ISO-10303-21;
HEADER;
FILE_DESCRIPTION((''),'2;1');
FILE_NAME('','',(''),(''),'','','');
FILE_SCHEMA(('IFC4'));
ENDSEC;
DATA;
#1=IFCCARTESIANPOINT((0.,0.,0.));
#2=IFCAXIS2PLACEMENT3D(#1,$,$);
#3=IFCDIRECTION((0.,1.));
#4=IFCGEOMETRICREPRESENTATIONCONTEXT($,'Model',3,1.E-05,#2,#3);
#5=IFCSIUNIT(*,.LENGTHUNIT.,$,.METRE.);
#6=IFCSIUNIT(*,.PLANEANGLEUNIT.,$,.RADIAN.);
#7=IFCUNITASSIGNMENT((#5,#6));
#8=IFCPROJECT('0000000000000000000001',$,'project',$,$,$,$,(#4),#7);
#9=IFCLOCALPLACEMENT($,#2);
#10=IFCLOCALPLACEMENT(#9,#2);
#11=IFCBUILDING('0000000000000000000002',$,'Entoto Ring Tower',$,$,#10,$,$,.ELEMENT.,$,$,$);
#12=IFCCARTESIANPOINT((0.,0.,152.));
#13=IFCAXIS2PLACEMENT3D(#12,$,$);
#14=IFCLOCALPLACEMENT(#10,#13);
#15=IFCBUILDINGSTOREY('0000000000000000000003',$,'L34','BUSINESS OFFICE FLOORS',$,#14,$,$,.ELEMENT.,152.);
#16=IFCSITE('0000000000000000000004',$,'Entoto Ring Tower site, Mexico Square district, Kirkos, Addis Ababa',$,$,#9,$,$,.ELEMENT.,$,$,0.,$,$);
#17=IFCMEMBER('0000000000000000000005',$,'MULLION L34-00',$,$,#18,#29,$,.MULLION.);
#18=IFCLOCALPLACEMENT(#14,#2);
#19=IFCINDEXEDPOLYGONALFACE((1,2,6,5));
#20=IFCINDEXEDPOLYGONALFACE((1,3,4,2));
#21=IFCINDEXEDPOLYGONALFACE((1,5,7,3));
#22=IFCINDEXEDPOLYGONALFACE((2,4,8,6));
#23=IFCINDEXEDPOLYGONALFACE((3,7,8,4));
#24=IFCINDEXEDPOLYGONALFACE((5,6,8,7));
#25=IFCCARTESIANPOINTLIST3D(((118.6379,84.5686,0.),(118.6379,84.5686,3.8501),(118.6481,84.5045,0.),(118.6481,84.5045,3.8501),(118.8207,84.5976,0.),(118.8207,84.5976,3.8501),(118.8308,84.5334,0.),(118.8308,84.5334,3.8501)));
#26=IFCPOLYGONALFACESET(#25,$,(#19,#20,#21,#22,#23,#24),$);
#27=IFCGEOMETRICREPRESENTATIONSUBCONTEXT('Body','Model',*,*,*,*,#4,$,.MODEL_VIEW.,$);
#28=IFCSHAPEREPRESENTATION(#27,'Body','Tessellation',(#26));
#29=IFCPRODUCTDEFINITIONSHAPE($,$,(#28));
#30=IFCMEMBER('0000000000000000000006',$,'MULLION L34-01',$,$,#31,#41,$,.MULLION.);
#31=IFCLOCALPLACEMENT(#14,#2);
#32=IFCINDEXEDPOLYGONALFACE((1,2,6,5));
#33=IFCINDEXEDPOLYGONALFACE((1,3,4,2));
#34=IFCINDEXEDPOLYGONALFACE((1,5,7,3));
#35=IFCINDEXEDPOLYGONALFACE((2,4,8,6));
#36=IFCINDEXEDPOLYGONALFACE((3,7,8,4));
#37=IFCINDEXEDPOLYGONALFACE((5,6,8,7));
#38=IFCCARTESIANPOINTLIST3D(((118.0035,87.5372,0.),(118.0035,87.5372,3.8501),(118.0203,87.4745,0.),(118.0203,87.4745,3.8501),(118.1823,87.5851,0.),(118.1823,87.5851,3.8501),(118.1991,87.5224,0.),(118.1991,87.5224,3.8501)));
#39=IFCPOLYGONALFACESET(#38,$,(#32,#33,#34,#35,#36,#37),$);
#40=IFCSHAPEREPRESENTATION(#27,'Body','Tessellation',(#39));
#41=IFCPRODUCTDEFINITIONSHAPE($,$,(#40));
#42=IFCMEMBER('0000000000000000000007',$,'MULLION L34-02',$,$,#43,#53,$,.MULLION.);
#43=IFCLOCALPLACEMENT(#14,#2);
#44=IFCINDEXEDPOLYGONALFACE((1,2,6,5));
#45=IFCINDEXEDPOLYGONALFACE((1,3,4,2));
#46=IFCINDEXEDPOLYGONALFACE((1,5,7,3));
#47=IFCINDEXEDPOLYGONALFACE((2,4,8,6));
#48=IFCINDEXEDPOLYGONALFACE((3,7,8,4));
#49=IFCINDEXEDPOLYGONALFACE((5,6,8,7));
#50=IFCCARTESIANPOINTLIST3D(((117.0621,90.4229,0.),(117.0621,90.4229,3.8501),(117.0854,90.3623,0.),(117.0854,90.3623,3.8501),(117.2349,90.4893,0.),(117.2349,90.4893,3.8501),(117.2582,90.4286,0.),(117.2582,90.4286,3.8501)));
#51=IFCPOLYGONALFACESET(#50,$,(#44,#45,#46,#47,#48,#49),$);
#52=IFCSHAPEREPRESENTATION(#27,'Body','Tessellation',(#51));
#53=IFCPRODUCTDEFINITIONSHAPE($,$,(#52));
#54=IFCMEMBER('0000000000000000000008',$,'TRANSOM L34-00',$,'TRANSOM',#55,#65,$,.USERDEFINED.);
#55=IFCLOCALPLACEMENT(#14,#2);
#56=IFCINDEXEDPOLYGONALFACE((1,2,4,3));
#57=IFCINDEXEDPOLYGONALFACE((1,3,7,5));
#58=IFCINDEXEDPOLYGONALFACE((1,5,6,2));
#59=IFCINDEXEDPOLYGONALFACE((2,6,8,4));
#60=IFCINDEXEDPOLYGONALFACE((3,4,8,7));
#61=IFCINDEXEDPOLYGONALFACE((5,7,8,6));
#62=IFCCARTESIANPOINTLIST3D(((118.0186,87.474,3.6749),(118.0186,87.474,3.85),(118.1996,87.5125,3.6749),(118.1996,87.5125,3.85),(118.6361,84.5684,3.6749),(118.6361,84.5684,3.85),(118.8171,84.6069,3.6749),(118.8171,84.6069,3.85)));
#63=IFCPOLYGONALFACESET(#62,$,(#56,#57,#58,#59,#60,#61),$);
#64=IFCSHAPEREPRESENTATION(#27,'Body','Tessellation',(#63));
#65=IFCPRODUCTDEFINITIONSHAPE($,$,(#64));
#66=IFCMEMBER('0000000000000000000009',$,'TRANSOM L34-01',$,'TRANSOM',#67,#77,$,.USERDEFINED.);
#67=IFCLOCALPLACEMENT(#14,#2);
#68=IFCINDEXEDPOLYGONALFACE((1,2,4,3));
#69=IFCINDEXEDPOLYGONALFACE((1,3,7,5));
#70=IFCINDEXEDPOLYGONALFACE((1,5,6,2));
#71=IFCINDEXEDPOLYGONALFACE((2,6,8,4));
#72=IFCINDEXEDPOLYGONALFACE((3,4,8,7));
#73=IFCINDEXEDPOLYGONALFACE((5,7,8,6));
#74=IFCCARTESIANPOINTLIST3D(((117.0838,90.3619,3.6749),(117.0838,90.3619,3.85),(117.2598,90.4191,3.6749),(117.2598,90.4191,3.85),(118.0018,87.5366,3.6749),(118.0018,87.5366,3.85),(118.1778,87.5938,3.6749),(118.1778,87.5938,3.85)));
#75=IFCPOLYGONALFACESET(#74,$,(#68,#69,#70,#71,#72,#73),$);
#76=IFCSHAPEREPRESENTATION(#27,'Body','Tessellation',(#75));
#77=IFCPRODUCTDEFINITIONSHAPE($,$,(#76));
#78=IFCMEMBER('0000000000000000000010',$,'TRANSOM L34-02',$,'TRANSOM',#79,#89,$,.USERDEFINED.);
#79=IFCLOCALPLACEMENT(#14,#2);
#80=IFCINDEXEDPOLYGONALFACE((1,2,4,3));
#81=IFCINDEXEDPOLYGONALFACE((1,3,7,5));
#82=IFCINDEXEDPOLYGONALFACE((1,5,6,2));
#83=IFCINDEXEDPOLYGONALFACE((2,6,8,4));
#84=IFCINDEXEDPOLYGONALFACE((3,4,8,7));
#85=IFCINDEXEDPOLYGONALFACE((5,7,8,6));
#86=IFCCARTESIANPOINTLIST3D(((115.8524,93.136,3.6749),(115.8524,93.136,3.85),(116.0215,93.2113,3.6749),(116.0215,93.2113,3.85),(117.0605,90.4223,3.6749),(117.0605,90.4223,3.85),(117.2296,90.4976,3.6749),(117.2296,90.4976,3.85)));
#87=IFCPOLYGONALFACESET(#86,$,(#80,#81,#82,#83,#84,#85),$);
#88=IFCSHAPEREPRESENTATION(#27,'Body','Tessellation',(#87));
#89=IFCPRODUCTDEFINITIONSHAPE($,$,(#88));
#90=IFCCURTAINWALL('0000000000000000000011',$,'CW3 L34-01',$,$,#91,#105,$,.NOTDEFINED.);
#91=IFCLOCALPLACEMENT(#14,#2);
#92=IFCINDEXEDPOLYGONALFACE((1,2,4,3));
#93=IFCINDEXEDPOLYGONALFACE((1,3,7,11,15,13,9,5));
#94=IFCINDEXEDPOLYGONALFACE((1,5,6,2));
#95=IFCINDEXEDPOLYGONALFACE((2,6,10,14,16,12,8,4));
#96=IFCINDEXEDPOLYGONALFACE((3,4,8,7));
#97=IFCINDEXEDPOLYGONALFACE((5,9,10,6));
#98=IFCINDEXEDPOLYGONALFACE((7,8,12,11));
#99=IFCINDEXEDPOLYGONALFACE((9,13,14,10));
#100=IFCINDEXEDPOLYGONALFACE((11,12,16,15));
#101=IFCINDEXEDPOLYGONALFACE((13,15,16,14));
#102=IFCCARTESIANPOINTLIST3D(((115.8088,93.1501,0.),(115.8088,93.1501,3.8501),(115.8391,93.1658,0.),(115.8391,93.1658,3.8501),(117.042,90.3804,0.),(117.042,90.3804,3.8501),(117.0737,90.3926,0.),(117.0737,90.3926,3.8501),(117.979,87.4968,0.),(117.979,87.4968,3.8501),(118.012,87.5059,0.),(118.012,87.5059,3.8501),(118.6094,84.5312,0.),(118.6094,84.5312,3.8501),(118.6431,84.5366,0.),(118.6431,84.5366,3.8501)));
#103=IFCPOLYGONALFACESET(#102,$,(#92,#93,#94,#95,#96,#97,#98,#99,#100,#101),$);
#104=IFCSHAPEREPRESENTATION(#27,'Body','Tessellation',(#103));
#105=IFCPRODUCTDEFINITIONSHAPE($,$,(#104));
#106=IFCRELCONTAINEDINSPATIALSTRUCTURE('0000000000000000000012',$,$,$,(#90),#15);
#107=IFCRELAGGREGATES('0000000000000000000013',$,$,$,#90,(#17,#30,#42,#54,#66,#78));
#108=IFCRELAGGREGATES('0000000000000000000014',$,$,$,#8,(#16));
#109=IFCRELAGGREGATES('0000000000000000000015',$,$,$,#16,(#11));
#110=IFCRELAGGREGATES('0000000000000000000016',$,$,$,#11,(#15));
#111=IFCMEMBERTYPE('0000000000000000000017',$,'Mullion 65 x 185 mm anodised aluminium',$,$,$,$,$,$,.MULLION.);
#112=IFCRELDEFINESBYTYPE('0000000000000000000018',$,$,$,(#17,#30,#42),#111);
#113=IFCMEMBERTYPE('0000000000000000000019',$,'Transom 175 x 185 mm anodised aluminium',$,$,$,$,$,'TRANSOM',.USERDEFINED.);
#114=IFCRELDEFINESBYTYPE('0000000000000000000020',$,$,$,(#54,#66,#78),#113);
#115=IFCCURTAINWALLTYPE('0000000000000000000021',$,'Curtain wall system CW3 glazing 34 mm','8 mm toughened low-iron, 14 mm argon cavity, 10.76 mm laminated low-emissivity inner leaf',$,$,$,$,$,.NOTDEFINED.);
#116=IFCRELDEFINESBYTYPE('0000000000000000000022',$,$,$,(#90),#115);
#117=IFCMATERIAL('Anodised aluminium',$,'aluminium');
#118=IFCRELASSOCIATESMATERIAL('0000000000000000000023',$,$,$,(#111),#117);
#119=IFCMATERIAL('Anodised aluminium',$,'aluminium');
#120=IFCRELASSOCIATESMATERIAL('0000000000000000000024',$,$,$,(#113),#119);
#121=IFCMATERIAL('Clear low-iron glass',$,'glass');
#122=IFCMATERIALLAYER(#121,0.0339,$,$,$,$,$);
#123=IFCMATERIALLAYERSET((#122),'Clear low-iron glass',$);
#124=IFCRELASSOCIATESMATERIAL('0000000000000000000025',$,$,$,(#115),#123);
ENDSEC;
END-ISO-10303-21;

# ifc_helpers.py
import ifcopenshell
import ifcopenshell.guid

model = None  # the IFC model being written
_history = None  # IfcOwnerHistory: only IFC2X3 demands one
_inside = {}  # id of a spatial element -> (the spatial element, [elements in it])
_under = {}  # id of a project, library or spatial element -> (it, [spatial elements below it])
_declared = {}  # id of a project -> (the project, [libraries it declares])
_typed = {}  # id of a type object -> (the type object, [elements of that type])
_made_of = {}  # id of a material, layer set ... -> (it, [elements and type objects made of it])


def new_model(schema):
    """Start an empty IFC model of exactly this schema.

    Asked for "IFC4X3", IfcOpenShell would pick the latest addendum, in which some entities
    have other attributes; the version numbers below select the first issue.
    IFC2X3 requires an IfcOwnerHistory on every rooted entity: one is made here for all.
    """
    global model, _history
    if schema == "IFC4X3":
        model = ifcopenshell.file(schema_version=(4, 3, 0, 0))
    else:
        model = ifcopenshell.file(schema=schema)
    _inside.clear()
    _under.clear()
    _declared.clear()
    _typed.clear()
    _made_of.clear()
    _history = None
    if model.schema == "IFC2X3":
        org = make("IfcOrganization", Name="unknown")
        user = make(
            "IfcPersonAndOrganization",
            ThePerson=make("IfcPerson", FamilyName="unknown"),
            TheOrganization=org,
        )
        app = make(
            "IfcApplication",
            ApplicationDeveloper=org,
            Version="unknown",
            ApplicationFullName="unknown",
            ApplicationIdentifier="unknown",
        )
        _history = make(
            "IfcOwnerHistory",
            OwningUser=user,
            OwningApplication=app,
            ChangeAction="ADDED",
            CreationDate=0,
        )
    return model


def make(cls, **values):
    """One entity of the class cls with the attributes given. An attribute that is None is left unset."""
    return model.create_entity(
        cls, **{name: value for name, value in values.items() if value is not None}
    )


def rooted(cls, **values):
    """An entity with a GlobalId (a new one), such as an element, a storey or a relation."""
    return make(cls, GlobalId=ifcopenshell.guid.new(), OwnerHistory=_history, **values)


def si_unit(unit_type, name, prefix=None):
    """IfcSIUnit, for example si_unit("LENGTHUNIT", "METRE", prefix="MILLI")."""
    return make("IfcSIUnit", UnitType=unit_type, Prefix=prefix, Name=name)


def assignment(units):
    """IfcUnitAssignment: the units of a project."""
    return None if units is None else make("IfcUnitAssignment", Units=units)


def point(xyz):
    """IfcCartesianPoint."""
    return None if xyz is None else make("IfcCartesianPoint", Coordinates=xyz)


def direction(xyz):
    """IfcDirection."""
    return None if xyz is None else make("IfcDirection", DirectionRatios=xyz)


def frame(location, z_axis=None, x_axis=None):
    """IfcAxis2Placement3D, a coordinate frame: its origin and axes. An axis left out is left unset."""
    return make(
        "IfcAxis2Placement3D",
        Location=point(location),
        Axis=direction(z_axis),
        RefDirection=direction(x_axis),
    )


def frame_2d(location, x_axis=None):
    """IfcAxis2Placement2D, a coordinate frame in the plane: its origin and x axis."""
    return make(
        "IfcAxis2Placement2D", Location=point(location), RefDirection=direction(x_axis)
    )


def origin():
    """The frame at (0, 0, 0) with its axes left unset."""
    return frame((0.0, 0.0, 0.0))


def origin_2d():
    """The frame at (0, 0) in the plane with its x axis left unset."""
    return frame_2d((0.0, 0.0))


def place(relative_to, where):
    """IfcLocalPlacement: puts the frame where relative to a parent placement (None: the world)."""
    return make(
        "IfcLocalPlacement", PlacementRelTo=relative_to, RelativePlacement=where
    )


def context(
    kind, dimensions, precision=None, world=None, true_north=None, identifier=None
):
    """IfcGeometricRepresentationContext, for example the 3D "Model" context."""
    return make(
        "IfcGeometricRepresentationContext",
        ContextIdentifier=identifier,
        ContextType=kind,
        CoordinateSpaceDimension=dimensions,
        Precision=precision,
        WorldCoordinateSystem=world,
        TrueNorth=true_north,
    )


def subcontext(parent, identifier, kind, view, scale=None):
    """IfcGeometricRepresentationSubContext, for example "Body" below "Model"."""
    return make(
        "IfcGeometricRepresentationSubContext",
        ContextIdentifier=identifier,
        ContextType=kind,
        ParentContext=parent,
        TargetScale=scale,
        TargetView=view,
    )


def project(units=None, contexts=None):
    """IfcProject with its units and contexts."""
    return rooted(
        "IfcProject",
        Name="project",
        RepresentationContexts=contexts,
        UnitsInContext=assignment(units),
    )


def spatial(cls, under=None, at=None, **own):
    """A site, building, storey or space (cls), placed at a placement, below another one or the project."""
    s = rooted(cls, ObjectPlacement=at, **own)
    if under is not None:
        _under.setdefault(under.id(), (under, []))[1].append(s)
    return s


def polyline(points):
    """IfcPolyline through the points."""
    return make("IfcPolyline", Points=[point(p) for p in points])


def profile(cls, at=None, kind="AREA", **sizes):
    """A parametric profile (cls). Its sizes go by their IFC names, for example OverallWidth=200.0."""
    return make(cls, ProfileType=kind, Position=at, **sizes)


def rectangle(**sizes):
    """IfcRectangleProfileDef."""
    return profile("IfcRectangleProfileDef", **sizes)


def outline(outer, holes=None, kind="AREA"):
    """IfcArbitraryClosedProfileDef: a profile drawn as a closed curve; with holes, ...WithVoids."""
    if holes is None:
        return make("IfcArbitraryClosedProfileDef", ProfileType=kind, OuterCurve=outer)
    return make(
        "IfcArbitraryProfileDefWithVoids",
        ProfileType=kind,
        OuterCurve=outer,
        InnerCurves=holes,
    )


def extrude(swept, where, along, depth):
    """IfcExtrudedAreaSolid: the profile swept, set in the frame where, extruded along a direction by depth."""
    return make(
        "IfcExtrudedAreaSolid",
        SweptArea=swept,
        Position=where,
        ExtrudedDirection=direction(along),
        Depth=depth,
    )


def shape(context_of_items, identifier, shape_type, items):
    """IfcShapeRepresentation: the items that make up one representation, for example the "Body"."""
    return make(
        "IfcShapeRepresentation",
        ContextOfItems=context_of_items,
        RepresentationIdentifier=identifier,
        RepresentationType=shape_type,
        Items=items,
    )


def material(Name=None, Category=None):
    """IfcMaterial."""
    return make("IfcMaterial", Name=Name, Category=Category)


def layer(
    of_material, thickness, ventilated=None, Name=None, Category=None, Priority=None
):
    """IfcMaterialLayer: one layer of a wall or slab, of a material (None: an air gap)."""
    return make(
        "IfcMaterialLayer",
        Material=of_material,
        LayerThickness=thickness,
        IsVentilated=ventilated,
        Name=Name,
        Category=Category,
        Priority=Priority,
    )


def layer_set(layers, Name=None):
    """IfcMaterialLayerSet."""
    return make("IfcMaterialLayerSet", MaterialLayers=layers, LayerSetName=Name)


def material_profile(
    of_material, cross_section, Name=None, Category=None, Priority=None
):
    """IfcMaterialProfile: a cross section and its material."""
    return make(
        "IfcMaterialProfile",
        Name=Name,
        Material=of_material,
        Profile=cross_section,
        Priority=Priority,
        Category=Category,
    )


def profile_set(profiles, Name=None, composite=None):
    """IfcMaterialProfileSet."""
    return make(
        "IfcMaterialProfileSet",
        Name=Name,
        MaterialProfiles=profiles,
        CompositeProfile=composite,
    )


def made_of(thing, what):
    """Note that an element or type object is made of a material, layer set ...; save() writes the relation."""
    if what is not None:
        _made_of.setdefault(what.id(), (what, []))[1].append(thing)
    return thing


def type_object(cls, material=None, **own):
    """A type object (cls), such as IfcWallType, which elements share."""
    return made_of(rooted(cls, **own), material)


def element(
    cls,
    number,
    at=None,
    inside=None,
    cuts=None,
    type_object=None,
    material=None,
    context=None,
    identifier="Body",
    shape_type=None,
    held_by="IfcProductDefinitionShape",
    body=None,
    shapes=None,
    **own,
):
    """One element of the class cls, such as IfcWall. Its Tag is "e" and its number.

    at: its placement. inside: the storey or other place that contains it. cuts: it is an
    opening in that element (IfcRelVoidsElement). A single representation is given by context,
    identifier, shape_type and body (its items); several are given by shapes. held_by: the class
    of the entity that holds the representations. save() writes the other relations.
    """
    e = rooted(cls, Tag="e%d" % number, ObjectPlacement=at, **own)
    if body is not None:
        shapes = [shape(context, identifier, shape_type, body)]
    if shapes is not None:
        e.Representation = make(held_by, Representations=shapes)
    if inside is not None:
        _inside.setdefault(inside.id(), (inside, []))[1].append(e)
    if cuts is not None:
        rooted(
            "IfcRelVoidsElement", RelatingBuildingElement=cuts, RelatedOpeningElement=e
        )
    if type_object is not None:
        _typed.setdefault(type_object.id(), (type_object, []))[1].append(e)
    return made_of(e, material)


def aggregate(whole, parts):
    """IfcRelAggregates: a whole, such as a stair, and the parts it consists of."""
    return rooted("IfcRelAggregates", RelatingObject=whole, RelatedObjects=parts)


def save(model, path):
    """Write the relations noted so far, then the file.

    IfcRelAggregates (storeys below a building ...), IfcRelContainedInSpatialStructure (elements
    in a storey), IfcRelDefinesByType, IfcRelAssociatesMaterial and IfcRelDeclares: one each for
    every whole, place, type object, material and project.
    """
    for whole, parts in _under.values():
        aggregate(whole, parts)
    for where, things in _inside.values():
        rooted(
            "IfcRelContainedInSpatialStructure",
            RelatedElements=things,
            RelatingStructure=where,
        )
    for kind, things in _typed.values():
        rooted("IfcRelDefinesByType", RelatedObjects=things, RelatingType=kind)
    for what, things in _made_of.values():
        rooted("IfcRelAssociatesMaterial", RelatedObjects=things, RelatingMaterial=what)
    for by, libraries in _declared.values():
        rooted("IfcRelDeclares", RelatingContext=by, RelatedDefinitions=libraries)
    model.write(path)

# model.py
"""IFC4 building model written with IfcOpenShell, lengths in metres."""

from ifc_helpers import new_model, si_unit, direction, frame, origin, origin_2d, place, context, subcontext, project, spatial, polyline, rectangle, outline, extrude, material, layer, layer_set, material_profile, profile_set, type_object, element, aggregate, save


model = new_model("IFC4")

# Units and contexts
model_context = context("Model", 3, precision=1e-05, world=origin(), true_north=direction((0.0, 1.0)))
body_context = subcontext(model_context, "Body", "Model", "MODEL_VIEW")
ifc_project = project(units=[si_unit("LENGTHUNIT", "METRE"), si_unit("PLANEANGLEUNIT", "RADIAN")], contexts=[model_context])

# Members
ifc_material_1 = material(Name="Anodised aluminium", Category="aluminium")
ifc_material_profile_1 = material_profile(ifc_material_1, rectangle(XDim=0.0649, YDim=0.1851, at=origin_2d()), Name="Mullion 65 x 185 mm anodised aluminium")
ifc_profile_set_1 = profile_set([ifc_material_profile_1], Name="Anodised aluminium")
member_type_1 = type_object("IfcMemberType", Name="Mullion 65 x 185 mm anodised aluminium", PredefinedType="MULLION", material=ifc_profile_set_1)
site_placement = place(None, origin())
building_placement = place(site_placement, origin())
storey_placement = place(building_placement, frame((0.0, 0.0, 152.0)))
member_1_placement = place(storey_placement, frame((118.7344, 84.551, 0.0), z_axis=(0.0, 0.0, 1.0), x_axis=(-0.156434, 0.987688, 0.0)))
member_1 = element("IfcMember", 1, at=member_1_placement, type_object=member_type_1, Name="MULLION L34-00", PredefinedType="MULLION", context=body_context, shape_type="SweptSolid", body=[
    extrude(rectangle(XDim=0.0649, YDim=0.1851, at=origin_2d()), origin(), (0.0, 0.0, 1.0), 3.8501),
])
member_2_placement = place(storey_placement, frame((118.1013, 87.5298, 0.0), z_axis=(0.0, 0.0, 1.0), x_axis=(-0.258819, 0.965926, 0.0)))
member_2 = element("IfcMember", 2, at=member_2_placement, type_object=member_type_1, Name="MULLION L34-01", PredefinedType="MULLION", context=body_context, shape_type="SweptSolid", body=[
    extrude(rectangle(XDim=0.0649, YDim=0.1851, at=origin_2d()), origin(), (0.0, 0.0, 1.0), 3.8501),
])
member_3_placement = place(storey_placement, frame((117.1602, 90.4258, 0.0), z_axis=(0.0, 0.0, 1.0), x_axis=(-0.358368, 0.93358, 0.0)))
member_3 = element("IfcMember", 3, at=member_3_placement, type_object=member_type_1, Name="MULLION L34-02", PredefinedType="MULLION", context=body_context, shape_type="SweptSolid", body=[
    extrude(rectangle(XDim=0.0649, YDim=0.1851, at=origin_2d()), origin(), (0.0, 0.0, 1.0), 3.8501),
])
ifc_material_2 = material(Name="Anodised aluminium", Category="aluminium")
ifc_material_profile_2 = material_profile(ifc_material_2, rectangle(XDim=0.1851, YDim=0.175, at=origin_2d()), Name="Transom 175 x 185 mm anodised aluminium")
ifc_profile_set_2 = profile_set([ifc_material_profile_2], Name="Anodised aluminium")
member_type_2 = type_object("IfcMemberType", Name="Transom 175 x 185 mm anodised aluminium", ElementType="TRANSOM", PredefinedType="USERDEFINED", material=ifc_profile_set_2)
member_4_placement = place(storey_placement, frame((118.7266, 84.5876, 3.7625), z_axis=(-0.207862, 0.978158, 0.0), x_axis=(-0.978158, -0.207862, 0.0)))
member_4 = element("IfcMember", 4, at=member_4_placement, type_object=member_type_2, Name="TRANSOM L34-00", ObjectType="TRANSOM", PredefinedType="USERDEFINED", context=body_context, shape_type="SweptSolid", body=[
    extrude(rectangle(XDim=0.1851, YDim=0.175, at=origin_2d()), origin(), (0.0, 0.0, 1.0), 2.9705),
])
member_5_placement = place(storey_placement, frame((118.0898, 87.5652, 3.7625), z_axis=(-0.309019, 0.951056, 0.0), x_axis=(-0.951056, -0.309019, 0.0)))
member_5 = element("IfcMember", 5, at=member_5_placement, type_object=member_type_2, Name="TRANSOM L34-01", ObjectType="TRANSOM", PredefinedType="USERDEFINED", context=body_context, shape_type="SweptSolid", body=[
    extrude(rectangle(XDim=0.1851, YDim=0.175, at=origin_2d()), origin(), (0.0, 0.0, 1.0), 2.9707),
])
member_6_placement = place(storey_placement, frame((117.145, 90.46, 3.7625), z_axis=(-0.406687, 0.913567, 0.0), x_axis=(-0.913567, -0.406687, 0.0)))
member_6 = element("IfcMember", 6, at=member_6_placement, type_object=member_type_2, Name="TRANSOM L34-02", ObjectType="TRANSOM", PredefinedType="USERDEFINED", context=body_context, shape_type="SweptSolid", body=[
    extrude(rectangle(XDim=0.1851, YDim=0.175, at=origin_2d()), origin(), (0.0, 0.0, 1.0), 2.9705),
])

# Site, building, storey
site = spatial("IfcSite", under=ifc_project, at=site_placement, Name="Entoto Ring Tower site, Mexico Square district, Kirkos, Addis Ababa", CompositionType="ELEMENT", RefElevation=0.0)
building = spatial("IfcBuilding", under=site, at=building_placement, Name="Entoto Ring Tower", CompositionType="ELEMENT")
storey = spatial("IfcBuildingStorey", under=building, at=storey_placement, Name="L34", Description="BUSINESS OFFICE FLOORS", CompositionType="ELEMENT", Elevation=152.0)

# Curtain wall
ifc_material_3 = material(Name="Clear low-iron glass", Category="glass")
ifc_layer_1 = layer(ifc_material_3, 0.0339)
ifc_layer_set_1 = layer_set([ifc_layer_1], Name="Clear low-iron glass")
curtain_wall_type = type_object("IfcCurtainWallType", Name="Curtain wall system CW3 glazing 34 mm", Description="8 mm toughened low-iron, 14 mm argon cavity, 10.76 mm laminated low-emissivity inner leaf", PredefinedType="NOTDEFINED", material=ifc_layer_set_1)
curtain_wall_1_placement = place(storey_placement, origin())
curtain_wall_1 = element("IfcCurtainWall", 7, at=curtain_wall_1_placement, inside=storey, type_object=curtain_wall_type, Name="CW3 L34-01", PredefinedType="NOTDEFINED", context=body_context, shape_type="SweptSolid", body=[
    extrude(outline(polyline([(118.6431, 84.5366), (118.012, 87.5059), (117.0737, 90.3926), (115.8391, 93.1658), (115.8088, 93.1501), (117.042, 90.3804), (117.979, 87.4968), (118.6094, 84.5312), (118.6431, 84.5366)])), origin(), (0.0, 0.0, 1.0), 3.8501),
])
aggregate(curtain_wall_1, [member_1, member_2, member_3, member_4, member_5, member_6])

save(model, "model.ifc")
